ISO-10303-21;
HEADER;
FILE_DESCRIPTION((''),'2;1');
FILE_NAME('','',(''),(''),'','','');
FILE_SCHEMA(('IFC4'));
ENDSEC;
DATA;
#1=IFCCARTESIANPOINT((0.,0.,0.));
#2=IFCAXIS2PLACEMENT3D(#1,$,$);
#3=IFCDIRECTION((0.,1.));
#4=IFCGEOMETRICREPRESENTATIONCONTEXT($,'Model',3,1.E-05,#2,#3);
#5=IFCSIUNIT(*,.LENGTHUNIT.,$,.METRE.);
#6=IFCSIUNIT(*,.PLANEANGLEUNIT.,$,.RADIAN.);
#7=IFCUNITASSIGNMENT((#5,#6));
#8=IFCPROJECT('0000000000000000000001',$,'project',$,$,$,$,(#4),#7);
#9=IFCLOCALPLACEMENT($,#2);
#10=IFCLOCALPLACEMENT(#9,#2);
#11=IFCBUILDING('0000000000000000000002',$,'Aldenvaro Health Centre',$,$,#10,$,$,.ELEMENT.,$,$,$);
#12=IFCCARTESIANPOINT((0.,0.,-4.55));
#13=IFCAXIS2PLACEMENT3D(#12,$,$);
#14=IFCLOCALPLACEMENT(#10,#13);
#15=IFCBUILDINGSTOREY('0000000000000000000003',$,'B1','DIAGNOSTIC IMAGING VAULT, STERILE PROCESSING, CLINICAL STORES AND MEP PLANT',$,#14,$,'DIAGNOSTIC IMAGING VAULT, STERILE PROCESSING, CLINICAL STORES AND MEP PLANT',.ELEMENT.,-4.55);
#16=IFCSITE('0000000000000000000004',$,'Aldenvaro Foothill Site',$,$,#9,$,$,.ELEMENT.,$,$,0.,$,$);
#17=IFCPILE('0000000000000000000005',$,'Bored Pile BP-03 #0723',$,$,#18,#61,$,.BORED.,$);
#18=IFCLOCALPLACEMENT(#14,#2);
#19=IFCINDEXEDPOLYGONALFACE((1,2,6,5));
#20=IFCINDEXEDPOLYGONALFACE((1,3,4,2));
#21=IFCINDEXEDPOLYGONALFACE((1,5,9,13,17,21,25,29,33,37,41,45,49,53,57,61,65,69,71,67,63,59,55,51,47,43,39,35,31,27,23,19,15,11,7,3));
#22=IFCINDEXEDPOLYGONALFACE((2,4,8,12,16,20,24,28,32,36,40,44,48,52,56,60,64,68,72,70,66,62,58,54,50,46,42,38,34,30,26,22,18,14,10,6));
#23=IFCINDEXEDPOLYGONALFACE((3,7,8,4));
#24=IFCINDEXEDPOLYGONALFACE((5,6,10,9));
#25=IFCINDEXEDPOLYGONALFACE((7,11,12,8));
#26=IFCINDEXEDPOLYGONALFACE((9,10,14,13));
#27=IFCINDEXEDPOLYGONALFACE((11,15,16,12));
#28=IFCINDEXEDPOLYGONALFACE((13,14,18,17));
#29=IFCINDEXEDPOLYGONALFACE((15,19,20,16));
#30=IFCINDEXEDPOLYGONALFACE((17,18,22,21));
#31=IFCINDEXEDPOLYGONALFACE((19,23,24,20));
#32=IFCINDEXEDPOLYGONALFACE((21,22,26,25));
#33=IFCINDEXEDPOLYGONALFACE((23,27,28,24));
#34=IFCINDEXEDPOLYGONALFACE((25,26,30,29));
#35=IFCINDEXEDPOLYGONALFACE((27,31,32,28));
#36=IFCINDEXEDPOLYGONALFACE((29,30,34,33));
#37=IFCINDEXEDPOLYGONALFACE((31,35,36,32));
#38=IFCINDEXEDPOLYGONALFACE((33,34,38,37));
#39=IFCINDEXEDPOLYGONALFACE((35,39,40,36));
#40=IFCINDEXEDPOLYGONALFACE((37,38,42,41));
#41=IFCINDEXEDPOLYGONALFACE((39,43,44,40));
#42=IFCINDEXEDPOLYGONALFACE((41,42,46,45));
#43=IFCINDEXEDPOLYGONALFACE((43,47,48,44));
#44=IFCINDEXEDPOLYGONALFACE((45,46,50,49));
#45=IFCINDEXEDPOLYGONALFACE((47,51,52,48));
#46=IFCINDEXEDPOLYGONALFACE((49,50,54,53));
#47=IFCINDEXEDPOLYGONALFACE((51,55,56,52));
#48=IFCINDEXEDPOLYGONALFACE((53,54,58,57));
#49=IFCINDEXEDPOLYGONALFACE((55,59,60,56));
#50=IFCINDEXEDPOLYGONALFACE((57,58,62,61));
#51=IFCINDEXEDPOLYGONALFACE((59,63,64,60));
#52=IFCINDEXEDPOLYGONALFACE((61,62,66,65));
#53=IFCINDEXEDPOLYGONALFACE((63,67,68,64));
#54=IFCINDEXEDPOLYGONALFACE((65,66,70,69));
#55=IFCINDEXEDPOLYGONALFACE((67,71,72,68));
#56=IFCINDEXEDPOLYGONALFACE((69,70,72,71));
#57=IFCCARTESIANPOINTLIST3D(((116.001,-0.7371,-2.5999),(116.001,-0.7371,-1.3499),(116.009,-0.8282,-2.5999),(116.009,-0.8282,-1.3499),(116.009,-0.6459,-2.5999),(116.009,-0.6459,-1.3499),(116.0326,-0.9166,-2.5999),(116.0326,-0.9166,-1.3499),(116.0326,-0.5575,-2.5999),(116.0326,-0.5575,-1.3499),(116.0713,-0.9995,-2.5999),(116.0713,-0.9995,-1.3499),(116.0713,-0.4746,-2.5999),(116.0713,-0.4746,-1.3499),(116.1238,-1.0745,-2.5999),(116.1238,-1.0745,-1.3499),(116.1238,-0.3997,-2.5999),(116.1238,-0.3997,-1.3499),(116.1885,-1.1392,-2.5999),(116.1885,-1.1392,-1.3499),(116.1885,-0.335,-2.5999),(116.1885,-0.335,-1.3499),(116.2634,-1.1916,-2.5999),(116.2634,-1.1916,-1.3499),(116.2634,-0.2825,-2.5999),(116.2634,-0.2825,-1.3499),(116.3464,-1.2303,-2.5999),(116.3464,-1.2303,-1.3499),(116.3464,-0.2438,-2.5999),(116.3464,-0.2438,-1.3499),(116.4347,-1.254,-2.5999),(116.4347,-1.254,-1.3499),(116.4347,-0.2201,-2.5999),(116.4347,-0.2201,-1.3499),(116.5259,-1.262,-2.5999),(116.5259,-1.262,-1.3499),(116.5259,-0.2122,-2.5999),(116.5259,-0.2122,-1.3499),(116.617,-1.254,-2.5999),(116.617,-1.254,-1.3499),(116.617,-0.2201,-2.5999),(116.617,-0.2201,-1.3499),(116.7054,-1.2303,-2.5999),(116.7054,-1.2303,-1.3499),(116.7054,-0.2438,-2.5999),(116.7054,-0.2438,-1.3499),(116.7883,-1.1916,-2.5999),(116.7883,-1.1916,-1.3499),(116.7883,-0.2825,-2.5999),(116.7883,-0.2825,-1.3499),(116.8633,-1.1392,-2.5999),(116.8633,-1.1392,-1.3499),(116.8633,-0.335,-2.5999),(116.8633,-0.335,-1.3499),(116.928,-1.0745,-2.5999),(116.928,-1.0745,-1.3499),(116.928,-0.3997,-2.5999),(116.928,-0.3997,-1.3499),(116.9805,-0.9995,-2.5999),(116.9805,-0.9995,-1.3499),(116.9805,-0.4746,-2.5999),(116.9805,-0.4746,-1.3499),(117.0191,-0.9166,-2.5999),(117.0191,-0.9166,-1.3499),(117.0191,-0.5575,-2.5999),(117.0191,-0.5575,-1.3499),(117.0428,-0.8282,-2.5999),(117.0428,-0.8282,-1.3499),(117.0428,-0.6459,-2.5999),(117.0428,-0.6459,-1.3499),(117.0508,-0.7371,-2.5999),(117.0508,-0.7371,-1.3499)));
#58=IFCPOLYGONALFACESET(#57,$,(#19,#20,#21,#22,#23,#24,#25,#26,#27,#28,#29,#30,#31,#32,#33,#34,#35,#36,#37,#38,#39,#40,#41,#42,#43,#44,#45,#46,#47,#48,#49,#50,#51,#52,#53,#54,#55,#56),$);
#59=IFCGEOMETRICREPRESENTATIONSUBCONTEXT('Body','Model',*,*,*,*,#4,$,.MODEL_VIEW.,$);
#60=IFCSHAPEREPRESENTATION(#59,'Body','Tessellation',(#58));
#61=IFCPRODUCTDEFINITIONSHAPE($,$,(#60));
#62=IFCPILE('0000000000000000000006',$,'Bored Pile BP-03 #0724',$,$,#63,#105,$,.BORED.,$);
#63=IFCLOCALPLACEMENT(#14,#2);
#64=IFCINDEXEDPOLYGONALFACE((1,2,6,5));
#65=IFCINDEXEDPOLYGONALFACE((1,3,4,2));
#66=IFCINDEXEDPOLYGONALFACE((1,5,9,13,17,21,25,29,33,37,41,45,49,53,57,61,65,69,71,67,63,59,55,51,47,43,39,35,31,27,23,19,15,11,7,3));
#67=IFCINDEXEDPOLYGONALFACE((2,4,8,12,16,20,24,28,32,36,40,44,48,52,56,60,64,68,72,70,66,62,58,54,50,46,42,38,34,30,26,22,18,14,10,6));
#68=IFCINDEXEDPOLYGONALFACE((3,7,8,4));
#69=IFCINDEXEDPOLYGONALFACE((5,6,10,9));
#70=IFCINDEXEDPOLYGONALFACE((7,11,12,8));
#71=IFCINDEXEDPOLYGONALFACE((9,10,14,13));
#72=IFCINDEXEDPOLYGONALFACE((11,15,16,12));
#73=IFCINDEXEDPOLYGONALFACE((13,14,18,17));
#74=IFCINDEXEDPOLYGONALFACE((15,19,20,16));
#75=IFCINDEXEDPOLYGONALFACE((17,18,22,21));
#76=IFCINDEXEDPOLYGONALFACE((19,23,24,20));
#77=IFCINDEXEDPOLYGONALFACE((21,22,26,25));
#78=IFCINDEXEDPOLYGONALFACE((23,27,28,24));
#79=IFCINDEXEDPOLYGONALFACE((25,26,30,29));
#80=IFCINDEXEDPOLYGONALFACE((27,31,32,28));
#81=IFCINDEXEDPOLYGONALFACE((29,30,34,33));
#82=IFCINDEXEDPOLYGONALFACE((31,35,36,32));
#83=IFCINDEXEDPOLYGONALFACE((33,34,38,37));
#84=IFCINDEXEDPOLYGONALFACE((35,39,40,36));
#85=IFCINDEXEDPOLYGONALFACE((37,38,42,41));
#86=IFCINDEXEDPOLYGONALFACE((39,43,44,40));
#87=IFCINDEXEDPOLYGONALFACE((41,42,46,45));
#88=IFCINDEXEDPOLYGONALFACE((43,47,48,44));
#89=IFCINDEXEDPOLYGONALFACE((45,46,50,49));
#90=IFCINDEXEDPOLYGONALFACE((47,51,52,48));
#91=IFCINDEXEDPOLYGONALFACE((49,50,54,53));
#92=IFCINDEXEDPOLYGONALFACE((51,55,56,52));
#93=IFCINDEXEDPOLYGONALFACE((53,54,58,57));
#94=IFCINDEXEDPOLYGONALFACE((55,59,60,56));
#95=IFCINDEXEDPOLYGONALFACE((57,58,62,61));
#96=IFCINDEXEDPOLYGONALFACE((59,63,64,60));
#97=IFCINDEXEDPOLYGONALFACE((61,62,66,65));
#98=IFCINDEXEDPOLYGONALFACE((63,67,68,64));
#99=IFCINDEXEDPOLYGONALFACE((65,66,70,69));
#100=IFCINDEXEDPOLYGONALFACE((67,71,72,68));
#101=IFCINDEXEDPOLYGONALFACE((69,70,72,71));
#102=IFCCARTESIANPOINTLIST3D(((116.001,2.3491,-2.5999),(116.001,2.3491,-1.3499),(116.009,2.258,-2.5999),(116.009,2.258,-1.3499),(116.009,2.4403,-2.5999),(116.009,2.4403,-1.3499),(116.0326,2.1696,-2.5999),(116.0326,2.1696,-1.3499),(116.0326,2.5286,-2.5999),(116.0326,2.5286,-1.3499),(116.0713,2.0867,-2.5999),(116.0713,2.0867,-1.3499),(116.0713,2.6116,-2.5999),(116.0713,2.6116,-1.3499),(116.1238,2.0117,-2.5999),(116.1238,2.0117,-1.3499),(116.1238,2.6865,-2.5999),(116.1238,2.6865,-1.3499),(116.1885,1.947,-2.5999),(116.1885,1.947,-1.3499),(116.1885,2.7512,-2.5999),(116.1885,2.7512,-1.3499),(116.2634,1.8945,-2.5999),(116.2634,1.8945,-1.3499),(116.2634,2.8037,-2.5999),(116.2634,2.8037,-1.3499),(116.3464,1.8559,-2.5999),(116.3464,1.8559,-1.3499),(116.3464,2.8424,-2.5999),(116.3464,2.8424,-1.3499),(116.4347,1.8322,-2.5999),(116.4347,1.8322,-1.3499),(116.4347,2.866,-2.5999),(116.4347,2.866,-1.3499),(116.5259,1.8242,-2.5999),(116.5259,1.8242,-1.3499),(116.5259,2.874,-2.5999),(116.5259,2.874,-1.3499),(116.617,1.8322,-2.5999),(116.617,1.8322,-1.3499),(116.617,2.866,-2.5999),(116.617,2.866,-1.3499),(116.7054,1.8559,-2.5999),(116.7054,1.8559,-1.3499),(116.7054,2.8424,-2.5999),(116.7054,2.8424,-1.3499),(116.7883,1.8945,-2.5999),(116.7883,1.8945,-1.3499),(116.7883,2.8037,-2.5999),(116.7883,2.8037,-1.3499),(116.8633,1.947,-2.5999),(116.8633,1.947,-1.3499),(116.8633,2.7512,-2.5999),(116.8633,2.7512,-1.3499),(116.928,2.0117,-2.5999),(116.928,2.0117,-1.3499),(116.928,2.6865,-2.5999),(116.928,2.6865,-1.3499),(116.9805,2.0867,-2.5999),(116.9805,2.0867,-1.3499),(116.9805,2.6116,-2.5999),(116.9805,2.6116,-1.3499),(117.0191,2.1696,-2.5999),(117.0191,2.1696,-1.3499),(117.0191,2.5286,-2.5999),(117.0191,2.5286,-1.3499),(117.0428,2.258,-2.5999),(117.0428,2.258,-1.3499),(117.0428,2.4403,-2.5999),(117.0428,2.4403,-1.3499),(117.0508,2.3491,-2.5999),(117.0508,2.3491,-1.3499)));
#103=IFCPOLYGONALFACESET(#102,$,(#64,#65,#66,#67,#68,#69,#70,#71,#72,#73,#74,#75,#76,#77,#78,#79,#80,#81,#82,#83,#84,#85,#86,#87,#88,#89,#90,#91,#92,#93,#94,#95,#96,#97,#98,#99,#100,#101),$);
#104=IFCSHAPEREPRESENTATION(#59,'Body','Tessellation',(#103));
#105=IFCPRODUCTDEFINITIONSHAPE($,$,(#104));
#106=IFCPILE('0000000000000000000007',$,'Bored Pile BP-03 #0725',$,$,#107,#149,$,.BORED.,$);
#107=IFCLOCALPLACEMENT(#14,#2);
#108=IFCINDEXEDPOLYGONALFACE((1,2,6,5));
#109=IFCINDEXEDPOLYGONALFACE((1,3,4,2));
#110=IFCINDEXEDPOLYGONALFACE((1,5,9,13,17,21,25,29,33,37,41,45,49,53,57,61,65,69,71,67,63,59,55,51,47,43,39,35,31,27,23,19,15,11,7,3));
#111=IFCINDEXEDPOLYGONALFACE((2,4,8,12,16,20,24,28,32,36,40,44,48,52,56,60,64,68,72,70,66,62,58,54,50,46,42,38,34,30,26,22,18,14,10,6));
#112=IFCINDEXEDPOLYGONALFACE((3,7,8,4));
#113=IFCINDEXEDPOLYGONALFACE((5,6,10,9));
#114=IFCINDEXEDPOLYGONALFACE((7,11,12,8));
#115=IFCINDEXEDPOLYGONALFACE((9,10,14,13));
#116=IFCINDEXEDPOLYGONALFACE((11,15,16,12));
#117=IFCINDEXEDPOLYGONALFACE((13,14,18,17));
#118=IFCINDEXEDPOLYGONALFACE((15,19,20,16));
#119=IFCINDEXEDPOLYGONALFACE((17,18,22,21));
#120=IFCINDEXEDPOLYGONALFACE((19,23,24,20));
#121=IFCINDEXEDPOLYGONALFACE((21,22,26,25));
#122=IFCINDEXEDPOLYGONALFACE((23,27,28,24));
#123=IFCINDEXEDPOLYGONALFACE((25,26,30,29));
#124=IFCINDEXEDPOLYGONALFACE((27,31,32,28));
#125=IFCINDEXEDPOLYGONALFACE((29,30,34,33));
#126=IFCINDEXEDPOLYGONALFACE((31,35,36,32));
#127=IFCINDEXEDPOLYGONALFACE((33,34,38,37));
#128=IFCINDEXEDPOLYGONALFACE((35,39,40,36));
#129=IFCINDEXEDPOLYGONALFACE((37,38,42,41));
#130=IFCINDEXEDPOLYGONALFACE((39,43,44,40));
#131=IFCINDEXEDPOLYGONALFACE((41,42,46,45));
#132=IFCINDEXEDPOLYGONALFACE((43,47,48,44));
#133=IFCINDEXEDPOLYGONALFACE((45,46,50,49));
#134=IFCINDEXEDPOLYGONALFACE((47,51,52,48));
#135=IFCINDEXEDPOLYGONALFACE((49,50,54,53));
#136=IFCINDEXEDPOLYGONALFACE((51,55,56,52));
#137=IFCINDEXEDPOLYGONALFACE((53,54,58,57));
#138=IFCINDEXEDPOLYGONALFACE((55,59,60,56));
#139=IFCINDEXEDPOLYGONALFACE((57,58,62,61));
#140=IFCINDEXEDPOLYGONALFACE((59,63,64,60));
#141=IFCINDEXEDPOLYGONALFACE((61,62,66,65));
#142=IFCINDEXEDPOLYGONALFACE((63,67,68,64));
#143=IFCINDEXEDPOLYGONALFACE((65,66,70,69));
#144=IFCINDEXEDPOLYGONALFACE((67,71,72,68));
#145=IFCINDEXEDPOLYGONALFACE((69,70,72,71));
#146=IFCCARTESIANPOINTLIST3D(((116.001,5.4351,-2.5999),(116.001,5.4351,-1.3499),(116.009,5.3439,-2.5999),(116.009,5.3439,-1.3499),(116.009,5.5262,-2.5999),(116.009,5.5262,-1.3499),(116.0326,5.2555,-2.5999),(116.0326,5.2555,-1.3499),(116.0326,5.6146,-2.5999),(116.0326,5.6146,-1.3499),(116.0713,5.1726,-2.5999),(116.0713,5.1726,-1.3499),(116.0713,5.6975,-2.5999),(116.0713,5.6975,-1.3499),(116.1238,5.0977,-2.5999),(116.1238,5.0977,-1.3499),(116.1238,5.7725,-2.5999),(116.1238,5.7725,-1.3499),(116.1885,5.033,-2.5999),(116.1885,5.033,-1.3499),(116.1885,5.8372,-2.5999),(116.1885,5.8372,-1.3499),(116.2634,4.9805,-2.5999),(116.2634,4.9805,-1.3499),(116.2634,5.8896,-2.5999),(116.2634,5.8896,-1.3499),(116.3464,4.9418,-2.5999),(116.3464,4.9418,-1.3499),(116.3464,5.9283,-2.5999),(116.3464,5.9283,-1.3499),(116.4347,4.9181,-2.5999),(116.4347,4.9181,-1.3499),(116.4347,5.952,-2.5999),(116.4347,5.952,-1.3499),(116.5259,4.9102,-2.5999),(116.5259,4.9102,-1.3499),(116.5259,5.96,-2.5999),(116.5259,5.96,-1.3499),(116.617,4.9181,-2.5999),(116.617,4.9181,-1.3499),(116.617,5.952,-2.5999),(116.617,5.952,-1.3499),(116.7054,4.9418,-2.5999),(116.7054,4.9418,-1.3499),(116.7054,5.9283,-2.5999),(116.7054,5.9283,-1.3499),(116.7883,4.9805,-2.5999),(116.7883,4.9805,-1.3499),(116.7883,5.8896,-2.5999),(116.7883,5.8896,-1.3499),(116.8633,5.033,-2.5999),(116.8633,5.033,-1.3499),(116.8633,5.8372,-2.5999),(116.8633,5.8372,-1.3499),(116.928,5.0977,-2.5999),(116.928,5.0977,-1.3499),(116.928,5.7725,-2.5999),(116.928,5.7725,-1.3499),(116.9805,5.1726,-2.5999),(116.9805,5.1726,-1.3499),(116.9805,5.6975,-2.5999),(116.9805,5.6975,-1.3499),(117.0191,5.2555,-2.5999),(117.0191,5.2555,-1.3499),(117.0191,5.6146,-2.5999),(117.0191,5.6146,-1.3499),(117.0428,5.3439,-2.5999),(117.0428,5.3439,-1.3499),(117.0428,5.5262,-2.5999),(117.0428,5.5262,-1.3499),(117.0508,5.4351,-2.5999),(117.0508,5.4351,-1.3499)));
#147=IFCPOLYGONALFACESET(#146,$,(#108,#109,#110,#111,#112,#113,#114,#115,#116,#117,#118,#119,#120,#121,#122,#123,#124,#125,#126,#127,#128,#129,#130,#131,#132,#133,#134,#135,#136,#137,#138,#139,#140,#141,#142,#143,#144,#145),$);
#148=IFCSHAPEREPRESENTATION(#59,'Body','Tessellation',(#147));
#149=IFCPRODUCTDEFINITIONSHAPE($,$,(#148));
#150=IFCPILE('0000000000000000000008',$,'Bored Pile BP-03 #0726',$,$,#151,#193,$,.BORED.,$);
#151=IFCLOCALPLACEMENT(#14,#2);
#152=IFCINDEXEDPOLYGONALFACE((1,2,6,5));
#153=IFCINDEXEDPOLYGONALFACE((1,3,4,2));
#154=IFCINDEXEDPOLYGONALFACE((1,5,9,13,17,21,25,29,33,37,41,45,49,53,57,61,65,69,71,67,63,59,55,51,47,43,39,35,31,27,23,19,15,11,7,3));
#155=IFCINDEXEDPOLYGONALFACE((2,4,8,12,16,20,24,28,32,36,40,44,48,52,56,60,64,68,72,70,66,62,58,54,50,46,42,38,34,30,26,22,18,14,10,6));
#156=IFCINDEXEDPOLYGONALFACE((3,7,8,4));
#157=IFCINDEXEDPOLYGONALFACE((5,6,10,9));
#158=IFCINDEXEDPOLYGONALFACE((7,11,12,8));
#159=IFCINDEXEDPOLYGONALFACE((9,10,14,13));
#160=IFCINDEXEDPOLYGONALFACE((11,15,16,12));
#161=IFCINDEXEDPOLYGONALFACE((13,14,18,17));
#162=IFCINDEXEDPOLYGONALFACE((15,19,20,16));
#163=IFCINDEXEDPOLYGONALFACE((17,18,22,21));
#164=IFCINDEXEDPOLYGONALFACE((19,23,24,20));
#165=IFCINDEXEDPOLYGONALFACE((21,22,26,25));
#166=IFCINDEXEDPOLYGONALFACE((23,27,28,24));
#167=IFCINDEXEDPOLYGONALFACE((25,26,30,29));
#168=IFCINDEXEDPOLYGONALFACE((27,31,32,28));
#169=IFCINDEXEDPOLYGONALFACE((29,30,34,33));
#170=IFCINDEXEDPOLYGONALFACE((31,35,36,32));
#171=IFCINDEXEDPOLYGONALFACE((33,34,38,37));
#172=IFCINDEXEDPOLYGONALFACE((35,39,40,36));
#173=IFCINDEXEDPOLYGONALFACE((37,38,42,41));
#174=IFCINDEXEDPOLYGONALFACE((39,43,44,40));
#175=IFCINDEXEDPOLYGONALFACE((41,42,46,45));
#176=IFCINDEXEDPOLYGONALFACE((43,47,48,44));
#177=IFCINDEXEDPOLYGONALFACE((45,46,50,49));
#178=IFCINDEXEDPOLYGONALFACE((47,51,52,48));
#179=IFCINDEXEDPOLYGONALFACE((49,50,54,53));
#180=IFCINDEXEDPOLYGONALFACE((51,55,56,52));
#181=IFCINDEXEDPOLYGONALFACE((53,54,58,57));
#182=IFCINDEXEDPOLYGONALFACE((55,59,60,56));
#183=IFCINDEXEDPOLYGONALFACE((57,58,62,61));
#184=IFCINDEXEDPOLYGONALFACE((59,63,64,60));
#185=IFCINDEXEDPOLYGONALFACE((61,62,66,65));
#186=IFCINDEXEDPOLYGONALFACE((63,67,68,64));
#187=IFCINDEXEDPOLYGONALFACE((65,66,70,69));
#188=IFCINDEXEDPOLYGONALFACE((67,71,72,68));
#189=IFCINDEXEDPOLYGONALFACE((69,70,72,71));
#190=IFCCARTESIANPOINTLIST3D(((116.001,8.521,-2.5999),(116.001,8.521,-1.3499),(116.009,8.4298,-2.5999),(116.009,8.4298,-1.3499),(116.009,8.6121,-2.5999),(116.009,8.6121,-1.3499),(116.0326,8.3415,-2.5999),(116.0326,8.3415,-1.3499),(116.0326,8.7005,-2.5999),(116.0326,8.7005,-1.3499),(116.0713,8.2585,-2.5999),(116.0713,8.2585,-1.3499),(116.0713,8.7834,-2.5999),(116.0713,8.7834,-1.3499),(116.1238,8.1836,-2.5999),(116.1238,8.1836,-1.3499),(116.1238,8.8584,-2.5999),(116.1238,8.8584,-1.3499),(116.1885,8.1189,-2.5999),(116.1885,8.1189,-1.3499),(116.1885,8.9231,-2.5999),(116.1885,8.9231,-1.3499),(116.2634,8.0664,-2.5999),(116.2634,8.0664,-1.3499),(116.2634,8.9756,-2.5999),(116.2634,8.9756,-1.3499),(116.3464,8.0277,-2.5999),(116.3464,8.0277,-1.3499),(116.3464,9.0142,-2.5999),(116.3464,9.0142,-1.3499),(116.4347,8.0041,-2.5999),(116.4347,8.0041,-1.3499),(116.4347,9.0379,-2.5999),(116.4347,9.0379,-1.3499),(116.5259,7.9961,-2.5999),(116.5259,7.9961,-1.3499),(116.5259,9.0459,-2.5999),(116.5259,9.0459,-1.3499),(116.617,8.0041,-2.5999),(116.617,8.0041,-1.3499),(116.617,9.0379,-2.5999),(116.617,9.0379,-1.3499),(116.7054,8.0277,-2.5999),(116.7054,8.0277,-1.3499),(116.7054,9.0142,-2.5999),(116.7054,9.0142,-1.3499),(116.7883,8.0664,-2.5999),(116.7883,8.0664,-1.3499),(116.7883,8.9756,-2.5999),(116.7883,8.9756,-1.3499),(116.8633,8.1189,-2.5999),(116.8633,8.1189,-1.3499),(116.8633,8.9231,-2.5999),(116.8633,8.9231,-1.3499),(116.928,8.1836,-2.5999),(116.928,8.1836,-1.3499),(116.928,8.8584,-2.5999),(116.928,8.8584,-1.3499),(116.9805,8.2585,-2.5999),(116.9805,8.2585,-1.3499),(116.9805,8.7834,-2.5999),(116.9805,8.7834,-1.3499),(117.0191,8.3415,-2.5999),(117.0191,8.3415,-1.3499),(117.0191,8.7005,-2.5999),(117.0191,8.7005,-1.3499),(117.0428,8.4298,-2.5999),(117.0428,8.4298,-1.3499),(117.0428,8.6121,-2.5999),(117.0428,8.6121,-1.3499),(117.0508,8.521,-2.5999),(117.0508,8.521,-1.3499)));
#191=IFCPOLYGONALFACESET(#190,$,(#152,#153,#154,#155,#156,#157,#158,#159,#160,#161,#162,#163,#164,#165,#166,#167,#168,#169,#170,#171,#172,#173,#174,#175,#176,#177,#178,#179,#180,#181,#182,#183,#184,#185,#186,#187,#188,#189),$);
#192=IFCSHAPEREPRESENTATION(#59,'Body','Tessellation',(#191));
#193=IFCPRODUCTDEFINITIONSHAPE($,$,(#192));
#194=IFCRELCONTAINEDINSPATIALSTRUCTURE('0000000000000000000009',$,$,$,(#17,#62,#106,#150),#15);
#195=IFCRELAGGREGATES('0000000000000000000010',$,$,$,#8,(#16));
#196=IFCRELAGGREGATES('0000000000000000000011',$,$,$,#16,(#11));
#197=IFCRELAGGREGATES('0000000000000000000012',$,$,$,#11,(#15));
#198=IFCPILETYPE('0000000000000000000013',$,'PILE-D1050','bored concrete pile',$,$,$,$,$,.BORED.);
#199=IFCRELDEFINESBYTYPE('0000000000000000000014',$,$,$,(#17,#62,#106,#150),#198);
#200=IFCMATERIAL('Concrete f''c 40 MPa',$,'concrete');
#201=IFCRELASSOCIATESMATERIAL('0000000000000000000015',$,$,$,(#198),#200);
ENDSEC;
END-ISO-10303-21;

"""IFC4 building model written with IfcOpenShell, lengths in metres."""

from ifc_helpers import new_model, si_unit, direction, frame, origin, origin_2d, place, context, subcontext, project, spatial, circle, extrude, material, material_profile, profile_set, type_object, element, save


model = new_model("IFC4")

# Units and contexts
model_context = context("Model", 3, precision=1e-05, world=origin(), true_north=direction((0.0, 1.0)))
body_context = subcontext(model_context, "Body", "Model", "MODEL_VIEW")
ifc_project = project(units=[si_unit("LENGTHUNIT", "METRE"), si_unit("PLANEANGLEUNIT", "RADIAN")], contexts=[model_context])

# Site, building, storey
site_placement = place(None, origin())
site = spatial("IfcSite", under=ifc_project, at=site_placement, Name="Aldenvaro Foothill Site", CompositionType="ELEMENT", RefElevation=0.0)
building_placement = place(site_placement, origin())
building = spatial("IfcBuilding", under=site, at=building_placement, Name="Aldenvaro Health Centre", CompositionType="ELEMENT")
storey_placement = place(building_placement, frame((0.0, 0.0, -4.55)))
storey = spatial("IfcBuildingStorey", under=building, at=storey_placement, Name="B1", Description="DIAGNOSTIC IMAGING VAULT, STERILE PROCESSING, CLINICAL STORES AND MEP PLANT", LongName="DIAGNOSTIC IMAGING VAULT, STERILE PROCESSING, CLINICAL STORES AND MEP PLANT", CompositionType="ELEMENT", Elevation=-4.55)

# Piles
ifc_material_1 = material(Name="Concrete f'c 40 MPa", Category="concrete")
ifc_material_profile_1 = material_profile(ifc_material_1, circle(Radius=0.5249, at=origin_2d()), Name="PILE D1050", Category="concrete")
ifc_profile_set_1 = profile_set([ifc_material_profile_1], Name="Concrete f'c 40 MPa")
pile_type = type_object("IfcPileType", Name="PILE-D1050", Description="bored concrete pile", PredefinedType="BORED", material=ifc_profile_set_1)
for number, where, z_axis, x_axis, name in (
    (1, (116.5259, -0.7371, -1.3499), (0.0, 0.0, -1.0), (1.0, 0.0, 0.0), "Bored Pile BP-03 #0723"),
    (2, (116.5259, 2.3491, -1.3499), (0.0, 0.0, -1.0), (1.0, 0.0, 0.0), "Bored Pile BP-03 #0724"),
    (3, (116.5259, 5.4351, -1.3499), (0.0, 0.0, -1.0), (1.0, 0.0, 0.0), "Bored Pile BP-03 #0725"),
    (4, (116.5259, 8.521, -1.3499), (0.0, 0.0, -1.0), (1.0, 0.0, 0.0), "Bored Pile BP-03 #0726"),
):
    element("IfcPile", number, at=place(storey_placement, frame(where, z_axis=z_axis, x_axis=x_axis)), inside=storey, type_object=pile_type, Name=name, PredefinedType="BORED", context=body_context, shape_type="SweptSolid", body=[
        extrude(circle(Radius=0.5249, at=origin_2d()), origin(), (0.0, 0.0, 1.0), 1.25),
    ])

save(model, "model.ifc")
